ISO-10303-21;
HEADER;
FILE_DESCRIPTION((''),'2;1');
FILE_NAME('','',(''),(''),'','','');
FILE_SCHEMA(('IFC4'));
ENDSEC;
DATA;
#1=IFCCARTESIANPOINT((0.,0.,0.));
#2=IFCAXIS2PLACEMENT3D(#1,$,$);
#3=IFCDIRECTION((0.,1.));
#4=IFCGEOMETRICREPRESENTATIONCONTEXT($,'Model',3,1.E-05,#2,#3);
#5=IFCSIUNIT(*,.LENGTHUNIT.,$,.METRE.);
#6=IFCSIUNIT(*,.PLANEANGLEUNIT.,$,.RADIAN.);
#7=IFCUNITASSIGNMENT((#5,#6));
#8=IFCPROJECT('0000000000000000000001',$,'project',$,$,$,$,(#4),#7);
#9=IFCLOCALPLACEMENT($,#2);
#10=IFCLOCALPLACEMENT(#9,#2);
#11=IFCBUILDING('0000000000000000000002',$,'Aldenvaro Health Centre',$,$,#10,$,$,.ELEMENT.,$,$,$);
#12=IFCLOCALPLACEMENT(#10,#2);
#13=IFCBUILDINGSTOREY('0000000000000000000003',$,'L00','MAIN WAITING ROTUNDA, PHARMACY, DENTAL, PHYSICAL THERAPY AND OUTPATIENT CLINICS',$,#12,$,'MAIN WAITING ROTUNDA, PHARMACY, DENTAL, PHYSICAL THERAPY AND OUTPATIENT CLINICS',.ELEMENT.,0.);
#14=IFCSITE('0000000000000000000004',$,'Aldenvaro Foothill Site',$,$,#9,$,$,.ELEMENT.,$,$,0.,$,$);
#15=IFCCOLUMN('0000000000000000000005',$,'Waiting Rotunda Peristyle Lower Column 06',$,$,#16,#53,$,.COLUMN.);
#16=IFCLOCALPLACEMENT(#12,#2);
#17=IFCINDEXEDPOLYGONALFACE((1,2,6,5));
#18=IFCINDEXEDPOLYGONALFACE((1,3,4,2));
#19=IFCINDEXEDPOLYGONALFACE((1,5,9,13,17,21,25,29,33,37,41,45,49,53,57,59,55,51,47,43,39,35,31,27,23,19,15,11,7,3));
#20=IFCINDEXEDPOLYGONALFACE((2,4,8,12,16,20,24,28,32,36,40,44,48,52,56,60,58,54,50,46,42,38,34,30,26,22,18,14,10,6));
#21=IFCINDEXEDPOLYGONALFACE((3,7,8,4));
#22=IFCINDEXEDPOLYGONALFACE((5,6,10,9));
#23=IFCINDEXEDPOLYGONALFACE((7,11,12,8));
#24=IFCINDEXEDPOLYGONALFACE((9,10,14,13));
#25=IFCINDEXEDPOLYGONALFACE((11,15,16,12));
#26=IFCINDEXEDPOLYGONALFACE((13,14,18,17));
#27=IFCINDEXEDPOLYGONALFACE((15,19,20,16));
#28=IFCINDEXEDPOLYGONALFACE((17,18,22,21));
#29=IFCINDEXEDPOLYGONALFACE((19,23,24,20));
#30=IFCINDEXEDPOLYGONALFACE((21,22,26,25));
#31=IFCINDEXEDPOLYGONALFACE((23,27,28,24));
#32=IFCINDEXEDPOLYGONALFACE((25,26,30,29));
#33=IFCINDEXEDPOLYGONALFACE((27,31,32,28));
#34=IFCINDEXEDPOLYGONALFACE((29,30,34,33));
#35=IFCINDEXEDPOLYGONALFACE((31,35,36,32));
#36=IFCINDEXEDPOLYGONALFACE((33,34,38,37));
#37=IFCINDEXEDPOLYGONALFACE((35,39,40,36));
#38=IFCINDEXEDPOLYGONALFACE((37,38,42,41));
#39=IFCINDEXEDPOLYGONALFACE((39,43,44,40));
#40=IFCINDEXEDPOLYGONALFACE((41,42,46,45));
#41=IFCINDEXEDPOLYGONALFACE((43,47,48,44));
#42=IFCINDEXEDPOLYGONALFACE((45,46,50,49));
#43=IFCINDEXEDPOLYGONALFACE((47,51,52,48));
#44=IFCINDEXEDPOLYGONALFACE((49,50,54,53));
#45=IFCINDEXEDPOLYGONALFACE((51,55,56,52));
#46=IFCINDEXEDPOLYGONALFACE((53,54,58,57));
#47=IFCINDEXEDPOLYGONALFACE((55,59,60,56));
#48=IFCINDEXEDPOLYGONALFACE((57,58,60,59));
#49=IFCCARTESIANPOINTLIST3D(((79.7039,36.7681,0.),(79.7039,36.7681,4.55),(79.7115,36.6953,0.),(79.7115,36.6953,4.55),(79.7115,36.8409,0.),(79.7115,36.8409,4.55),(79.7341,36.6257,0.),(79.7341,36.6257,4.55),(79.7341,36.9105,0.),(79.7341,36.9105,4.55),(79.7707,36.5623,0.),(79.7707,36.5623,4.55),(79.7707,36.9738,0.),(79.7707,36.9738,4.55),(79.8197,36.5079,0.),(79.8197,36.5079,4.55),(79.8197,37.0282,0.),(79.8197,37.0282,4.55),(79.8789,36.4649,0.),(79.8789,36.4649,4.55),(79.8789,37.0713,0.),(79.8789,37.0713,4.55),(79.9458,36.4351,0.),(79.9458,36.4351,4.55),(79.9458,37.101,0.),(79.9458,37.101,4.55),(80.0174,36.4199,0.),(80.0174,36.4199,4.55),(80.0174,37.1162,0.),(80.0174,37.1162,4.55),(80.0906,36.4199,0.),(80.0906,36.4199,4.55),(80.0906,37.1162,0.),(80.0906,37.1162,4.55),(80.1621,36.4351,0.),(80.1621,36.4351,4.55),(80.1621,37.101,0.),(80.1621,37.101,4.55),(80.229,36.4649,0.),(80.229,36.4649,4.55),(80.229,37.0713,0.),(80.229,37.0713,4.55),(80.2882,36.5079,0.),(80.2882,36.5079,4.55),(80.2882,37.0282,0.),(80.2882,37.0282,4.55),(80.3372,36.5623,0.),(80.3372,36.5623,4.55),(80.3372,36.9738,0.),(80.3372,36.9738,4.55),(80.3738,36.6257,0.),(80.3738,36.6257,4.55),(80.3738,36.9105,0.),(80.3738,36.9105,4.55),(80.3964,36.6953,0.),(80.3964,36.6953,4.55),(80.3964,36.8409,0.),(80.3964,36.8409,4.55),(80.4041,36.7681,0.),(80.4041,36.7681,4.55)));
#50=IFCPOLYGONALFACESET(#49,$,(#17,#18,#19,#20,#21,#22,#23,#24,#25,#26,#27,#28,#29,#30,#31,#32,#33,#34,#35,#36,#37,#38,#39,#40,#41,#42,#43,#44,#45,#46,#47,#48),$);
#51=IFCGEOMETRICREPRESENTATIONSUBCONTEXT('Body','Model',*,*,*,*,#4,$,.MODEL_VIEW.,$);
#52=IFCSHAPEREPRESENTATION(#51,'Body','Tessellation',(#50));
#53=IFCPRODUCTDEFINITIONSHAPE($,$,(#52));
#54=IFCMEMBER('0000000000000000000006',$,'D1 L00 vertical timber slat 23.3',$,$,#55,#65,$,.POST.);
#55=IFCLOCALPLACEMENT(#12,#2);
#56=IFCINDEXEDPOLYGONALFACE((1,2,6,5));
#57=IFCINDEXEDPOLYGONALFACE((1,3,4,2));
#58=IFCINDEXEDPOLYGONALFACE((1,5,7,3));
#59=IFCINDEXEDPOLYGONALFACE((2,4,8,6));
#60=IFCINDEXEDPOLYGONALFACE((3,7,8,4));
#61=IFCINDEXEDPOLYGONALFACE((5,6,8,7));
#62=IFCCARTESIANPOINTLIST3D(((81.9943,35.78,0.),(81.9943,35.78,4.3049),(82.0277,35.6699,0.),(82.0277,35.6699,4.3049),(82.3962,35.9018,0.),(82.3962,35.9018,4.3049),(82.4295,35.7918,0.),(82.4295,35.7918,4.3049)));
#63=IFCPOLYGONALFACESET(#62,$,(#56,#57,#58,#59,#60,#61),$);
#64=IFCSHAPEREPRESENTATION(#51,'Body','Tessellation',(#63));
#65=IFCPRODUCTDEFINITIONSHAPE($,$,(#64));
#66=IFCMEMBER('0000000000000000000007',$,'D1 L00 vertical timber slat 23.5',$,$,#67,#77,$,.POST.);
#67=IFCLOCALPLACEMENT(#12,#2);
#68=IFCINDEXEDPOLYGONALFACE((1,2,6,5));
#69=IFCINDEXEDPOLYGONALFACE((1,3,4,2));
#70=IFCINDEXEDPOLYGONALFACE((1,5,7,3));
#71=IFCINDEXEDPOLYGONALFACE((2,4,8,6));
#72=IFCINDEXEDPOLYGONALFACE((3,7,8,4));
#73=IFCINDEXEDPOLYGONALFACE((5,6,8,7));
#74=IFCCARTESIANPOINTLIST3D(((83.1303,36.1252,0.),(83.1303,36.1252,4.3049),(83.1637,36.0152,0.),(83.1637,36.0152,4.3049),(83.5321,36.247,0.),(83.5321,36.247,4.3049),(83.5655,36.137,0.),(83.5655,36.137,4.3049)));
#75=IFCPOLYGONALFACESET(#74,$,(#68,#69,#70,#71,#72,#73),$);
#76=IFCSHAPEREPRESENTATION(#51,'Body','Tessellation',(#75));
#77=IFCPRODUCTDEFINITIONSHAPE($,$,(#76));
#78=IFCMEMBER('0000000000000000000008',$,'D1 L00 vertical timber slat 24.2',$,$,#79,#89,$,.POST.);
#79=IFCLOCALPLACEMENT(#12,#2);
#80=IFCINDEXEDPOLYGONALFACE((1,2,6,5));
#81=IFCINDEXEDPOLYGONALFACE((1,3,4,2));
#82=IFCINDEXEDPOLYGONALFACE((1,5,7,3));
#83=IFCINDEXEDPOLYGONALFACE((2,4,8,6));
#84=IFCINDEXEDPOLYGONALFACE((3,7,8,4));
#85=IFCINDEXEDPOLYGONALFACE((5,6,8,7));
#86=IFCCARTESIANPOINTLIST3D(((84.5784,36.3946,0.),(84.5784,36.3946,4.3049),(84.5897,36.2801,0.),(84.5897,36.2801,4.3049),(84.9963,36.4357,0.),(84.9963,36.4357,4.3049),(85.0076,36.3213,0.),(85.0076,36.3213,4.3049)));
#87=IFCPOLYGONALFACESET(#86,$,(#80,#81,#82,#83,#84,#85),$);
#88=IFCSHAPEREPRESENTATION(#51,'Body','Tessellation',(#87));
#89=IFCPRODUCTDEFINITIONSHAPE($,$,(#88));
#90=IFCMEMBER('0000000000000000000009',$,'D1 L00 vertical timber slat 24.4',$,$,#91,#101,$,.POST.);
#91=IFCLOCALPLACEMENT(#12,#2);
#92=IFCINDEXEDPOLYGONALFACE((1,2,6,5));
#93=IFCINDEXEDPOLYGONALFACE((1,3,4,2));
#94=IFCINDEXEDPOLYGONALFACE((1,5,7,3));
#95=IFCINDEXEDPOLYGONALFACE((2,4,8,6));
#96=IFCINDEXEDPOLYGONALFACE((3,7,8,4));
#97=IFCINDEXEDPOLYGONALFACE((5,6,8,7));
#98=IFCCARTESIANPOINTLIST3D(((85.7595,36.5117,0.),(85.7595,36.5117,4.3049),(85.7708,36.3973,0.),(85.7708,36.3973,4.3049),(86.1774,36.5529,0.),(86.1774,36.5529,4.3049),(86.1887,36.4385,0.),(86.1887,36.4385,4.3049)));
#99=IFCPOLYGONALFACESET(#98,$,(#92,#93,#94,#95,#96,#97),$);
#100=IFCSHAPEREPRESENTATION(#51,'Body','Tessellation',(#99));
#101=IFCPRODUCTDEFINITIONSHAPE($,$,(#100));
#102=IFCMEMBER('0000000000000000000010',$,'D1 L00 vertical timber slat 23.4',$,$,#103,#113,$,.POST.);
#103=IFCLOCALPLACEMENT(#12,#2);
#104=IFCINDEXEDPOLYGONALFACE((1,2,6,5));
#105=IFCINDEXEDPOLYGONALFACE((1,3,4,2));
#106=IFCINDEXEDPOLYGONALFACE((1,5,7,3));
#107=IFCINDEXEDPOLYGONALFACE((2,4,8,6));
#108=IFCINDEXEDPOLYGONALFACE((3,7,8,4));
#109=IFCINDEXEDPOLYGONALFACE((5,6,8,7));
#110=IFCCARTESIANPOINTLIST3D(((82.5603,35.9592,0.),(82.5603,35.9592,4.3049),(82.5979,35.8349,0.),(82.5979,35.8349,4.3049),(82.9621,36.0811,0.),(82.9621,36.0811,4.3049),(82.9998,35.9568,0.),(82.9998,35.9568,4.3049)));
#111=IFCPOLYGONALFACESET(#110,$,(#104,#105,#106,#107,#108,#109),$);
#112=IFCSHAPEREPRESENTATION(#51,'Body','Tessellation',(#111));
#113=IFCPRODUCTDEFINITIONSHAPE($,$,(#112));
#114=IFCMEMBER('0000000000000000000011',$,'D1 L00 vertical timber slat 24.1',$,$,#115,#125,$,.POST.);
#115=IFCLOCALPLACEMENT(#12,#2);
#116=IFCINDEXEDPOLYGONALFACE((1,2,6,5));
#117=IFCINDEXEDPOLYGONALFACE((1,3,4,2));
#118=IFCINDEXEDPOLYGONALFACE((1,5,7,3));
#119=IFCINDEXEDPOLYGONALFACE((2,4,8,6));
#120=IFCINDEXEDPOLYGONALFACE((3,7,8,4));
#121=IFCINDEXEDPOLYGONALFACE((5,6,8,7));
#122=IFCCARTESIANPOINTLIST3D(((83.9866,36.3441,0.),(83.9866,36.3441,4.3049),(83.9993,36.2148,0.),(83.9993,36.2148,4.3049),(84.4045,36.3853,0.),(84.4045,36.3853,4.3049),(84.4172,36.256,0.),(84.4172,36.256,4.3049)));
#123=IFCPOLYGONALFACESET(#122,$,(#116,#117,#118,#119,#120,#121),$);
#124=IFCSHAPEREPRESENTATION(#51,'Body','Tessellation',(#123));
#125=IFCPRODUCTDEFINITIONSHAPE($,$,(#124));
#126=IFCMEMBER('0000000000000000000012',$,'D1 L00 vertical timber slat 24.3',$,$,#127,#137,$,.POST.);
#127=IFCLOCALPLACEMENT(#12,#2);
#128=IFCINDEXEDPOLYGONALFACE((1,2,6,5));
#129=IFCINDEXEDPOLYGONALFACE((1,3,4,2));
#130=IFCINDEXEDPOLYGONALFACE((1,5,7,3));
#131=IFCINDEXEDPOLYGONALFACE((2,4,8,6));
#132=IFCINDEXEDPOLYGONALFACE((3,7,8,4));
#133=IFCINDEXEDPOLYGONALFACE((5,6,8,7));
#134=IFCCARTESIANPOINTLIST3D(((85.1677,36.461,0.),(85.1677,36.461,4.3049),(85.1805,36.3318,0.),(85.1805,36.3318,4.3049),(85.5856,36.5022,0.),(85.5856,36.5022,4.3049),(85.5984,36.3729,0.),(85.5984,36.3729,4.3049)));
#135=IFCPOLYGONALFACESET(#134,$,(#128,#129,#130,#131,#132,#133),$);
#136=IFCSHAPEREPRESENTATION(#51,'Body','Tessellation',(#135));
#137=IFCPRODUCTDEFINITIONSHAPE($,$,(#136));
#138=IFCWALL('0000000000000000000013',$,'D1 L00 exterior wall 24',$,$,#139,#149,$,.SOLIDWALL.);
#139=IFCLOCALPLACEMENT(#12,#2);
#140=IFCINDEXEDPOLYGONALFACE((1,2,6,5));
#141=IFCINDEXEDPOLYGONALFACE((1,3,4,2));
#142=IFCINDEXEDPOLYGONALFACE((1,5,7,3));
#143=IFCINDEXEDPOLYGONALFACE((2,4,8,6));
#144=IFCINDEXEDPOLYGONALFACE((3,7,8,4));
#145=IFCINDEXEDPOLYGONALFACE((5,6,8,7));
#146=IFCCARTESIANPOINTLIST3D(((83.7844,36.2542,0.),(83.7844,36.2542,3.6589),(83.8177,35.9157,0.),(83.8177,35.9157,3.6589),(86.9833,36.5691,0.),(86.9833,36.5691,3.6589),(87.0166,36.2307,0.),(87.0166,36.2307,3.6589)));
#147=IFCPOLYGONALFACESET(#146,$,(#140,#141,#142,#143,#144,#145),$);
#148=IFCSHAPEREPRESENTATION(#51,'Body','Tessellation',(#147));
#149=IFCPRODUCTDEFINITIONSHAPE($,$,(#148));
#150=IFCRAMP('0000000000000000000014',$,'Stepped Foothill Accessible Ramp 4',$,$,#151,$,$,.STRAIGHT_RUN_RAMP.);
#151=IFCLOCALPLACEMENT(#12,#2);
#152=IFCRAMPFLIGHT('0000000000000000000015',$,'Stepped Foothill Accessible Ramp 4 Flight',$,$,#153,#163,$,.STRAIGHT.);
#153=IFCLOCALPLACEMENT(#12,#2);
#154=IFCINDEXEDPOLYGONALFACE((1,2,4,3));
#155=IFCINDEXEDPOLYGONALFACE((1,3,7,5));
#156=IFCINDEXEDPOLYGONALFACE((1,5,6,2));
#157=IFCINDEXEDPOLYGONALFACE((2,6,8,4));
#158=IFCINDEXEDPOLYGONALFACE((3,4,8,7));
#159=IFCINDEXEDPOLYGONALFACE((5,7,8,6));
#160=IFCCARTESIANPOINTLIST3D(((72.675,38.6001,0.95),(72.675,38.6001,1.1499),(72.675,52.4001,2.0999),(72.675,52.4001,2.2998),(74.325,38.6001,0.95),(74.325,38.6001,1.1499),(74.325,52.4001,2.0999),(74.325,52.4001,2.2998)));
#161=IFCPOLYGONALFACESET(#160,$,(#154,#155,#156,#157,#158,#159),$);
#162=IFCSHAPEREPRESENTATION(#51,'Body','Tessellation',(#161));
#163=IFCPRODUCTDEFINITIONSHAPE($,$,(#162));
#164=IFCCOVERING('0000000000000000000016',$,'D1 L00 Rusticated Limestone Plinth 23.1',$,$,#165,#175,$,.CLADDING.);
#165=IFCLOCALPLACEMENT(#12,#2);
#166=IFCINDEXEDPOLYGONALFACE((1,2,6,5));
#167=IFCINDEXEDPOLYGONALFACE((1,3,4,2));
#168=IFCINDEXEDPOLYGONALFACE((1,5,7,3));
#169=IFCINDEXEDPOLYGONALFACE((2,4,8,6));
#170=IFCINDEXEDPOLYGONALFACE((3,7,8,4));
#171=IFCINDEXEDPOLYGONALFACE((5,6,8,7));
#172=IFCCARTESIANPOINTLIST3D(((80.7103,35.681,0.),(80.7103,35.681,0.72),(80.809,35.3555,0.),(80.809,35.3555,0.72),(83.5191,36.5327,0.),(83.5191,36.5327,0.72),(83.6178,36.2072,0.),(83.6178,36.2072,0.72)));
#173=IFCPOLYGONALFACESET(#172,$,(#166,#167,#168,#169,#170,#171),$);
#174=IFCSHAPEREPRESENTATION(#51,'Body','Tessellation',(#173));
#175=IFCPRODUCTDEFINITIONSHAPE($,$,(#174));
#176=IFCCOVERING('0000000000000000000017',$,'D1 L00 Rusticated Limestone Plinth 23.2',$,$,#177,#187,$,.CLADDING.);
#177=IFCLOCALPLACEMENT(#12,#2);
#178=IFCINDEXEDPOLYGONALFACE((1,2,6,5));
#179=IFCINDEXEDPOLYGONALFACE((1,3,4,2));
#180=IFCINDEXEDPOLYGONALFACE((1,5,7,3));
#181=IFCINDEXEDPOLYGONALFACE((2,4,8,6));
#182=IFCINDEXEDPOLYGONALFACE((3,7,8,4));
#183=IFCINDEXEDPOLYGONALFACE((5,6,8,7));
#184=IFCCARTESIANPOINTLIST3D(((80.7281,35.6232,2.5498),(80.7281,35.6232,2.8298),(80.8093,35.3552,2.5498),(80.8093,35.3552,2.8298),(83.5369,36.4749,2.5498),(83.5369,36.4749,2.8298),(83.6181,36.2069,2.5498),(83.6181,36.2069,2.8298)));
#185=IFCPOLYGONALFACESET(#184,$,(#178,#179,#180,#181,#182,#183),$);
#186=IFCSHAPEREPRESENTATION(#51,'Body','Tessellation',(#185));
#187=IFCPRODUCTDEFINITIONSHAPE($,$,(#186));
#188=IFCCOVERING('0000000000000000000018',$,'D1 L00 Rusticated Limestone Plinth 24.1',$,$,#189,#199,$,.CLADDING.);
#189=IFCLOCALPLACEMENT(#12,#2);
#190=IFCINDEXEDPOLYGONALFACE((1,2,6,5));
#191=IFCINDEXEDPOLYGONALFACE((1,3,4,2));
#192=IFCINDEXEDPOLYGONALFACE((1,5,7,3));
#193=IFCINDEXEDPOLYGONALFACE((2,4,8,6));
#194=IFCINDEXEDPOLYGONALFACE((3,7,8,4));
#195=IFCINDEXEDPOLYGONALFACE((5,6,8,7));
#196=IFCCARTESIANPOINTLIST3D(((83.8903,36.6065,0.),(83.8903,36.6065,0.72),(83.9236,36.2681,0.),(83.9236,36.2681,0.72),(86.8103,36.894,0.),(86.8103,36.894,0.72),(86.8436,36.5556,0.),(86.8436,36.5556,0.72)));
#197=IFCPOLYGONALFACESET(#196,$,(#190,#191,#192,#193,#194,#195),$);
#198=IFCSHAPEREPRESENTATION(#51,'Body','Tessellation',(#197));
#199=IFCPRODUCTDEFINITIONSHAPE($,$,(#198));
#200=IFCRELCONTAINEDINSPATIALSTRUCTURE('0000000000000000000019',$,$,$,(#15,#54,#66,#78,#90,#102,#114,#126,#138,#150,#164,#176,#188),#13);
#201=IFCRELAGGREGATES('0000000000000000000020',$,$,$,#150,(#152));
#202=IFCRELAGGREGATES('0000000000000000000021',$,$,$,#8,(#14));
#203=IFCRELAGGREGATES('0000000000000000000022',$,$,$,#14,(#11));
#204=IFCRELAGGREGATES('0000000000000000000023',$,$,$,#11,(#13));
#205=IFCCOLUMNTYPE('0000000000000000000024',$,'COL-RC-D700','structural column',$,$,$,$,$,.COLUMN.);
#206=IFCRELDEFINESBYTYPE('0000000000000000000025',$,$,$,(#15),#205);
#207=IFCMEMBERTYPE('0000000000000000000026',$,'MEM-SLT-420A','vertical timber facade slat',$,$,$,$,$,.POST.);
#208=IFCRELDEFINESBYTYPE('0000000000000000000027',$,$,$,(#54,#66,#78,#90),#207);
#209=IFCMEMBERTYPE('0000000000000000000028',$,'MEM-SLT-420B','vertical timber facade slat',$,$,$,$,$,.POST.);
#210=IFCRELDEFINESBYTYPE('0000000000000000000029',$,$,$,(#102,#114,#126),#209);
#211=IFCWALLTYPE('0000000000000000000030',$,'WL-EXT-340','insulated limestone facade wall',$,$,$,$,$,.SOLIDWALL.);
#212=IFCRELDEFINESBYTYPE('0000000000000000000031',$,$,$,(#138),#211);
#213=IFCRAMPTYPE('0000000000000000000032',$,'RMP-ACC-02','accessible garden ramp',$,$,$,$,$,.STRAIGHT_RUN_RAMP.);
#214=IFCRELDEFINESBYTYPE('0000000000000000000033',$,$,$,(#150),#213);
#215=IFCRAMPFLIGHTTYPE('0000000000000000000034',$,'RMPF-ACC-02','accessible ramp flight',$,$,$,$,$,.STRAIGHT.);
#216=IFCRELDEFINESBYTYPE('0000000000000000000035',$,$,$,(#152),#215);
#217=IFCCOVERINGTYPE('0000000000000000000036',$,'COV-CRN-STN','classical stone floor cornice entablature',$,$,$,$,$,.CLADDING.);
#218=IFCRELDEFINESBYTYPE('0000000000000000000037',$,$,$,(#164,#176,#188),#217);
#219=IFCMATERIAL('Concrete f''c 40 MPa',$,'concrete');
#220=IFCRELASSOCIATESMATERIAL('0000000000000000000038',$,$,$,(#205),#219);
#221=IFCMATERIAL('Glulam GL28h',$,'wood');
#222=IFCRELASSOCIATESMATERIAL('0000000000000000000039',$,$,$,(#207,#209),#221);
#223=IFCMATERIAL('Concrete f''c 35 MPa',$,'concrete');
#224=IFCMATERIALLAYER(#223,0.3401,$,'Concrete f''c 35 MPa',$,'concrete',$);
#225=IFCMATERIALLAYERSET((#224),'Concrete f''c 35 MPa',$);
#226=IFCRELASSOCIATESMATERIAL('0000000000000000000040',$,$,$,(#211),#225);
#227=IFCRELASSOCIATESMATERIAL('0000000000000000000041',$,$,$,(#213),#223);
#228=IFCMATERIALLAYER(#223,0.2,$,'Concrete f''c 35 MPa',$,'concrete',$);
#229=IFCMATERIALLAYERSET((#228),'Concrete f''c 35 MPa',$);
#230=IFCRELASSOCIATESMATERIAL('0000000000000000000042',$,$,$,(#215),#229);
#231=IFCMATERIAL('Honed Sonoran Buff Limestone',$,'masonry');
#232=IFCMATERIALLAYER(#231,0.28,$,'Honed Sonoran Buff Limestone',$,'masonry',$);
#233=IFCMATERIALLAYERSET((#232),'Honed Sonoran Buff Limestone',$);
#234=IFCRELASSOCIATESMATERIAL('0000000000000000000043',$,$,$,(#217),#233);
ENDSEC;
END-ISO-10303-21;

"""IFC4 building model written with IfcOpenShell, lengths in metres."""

from ifc_helpers import new_model, si_unit, direction, frame, frame_2d, origin, origin_2d, place, context, subcontext, project, spatial, polyline, rectangle, circle, outline, extrude, material, layer, layer_set, material_profile, profile_set, type_object, element, aggregate, save


model = new_model("IFC4")

# Units and contexts
model_context = context("Model", 3, precision=1e-05, world=origin(), true_north=direction((0.0, 1.0)))
body_context = subcontext(model_context, "Body", "Model", "MODEL_VIEW")
ifc_project = project(units=[si_unit("LENGTHUNIT", "METRE"), si_unit("PLANEANGLEUNIT", "RADIAN")], contexts=[model_context])

# Site, building, storey
site_placement = place(None, origin())
site = spatial("IfcSite", under=ifc_project, at=site_placement, Name="Aldenvaro Foothill Site", CompositionType="ELEMENT", RefElevation=0.0)
building_placement = place(site_placement, origin())
building = spatial("IfcBuilding", under=site, at=building_placement, Name="Aldenvaro Health Centre", CompositionType="ELEMENT")
storey_placement = place(building_placement, origin())
storey = spatial("IfcBuildingStorey", under=building, at=storey_placement, Name="L00", Description="MAIN WAITING ROTUNDA, PHARMACY, DENTAL, PHYSICAL THERAPY AND OUTPATIENT CLINICS", LongName="MAIN WAITING ROTUNDA, PHARMACY, DENTAL, PHYSICAL THERAPY AND OUTPATIENT CLINICS", CompositionType="ELEMENT", Elevation=0.0)

# Column
ifc_material_1 = material(Name="Concrete f'c 40 MPa", Category="concrete")
ifc_material_profile_1 = material_profile(ifc_material_1, circle(Radius=0.3501, at=origin_2d()), Name="RC D700", Category="concrete")
ifc_profile_set_1 = profile_set([ifc_material_profile_1], Name="Concrete f'c 40 MPa")
column_type = type_object("IfcColumnType", Name="COL-RC-D700", Description="structural column", PredefinedType="COLUMN", material=ifc_profile_set_1)
column_placement = place(storey_placement, frame((80.054, 36.7681, 0.0), z_axis=(0.0, 0.0, 1.0), x_axis=(1.0, 0.0, 0.0)))
element("IfcColumn", 1, at=column_placement, inside=storey, type_object=column_type, Name="Waiting Rotunda Peristyle Lower Column 06", PredefinedType="COLUMN", context=body_context, shape_type="SweptSolid", body=[
    extrude(circle(Radius=0.3501, at=origin_2d()), origin(), (0.0, 0.0, 1.0), 4.55),
])

# Members
ifc_material_2 = material(Name="Glulam GL28h", Category="wood")
ifc_material_profile_2 = material_profile(ifc_material_2, rectangle(XDim=0.115, YDim=0.4199, at=origin_2d()), Name="GL 115x420", Category="wood")
ifc_profile_set_2 = profile_set([ifc_material_profile_2], Name="Glulam GL28h")
member_type_1 = type_object("IfcMemberType", Name="MEM-SLT-420A", Description="vertical timber facade slat", PredefinedType="POST", material=ifc_profile_set_2)
for number, where, z_axis, x_axis, name in (
    (2, (82.2119, 35.7859, 0.0), (0.0, 0.0, 1.0), (-0.290171, 0.956975, 0.0), "D1 L00 vertical timber slat 23.3"),
    (3, (83.3479, 36.1311, 0.0), (0.0, 0.0, 1.0), (-0.290171, 0.956975, 0.0), "D1 L00 vertical timber slat 23.5"),
    (4, (84.793, 36.3579, 0.0), (0.0, 0.0, 1.0), (-0.097994, 0.995187, 0.0), "D1 L00 vertical timber slat 24.2"),
    (5, (85.9741, 36.4751, 0.0), (0.0, 0.0, 1.0), (-0.097994, 0.995187, 0.0), "D1 L00 vertical timber slat 24.4"),
):
    element("IfcMember", number, at=place(storey_placement, frame(where, z_axis=z_axis, x_axis=x_axis)), inside=storey, type_object=member_type_1, Name=name, PredefinedType="POST", context=body_context, shape_type="SweptSolid", body=[
        extrude(rectangle(XDim=0.115, YDim=0.4199, at=origin_2d()), origin(), (0.0, 0.0, 1.0), 4.3049),
    ])
ifc_material_profile_3 = material_profile(ifc_material_2, rectangle(XDim=0.1299, YDim=0.4199, at=origin_2d()), Name="GL 130x420", Category="wood")
ifc_profile_set_3 = profile_set([ifc_material_profile_3], Name="Glulam GL28h")
member_type_2 = type_object("IfcMemberType", Name="MEM-SLT-420B", Description="vertical timber facade slat", PredefinedType="POST", material=ifc_profile_set_3)
for number, where, z_axis, x_axis, name in (
    (6, (82.78, 35.958, 0.0), (0.0, 0.0, 1.0), (-0.290171, 0.956975, 0.0), "D1 L00 vertical timber slat 23.4"),
    (7, (84.2019, 36.3, 0.0), (0.0, 0.0, 1.0), (-0.097994, 0.995187, 0.0), "D1 L00 vertical timber slat 24.1"),
    (8, (85.3831, 36.417, 0.0), (0.0, 0.0, 1.0), (-0.097994, 0.995187, 0.0), "D1 L00 vertical timber slat 24.3"),
):
    element("IfcMember", number, at=place(storey_placement, frame(where, z_axis=z_axis, x_axis=x_axis)), inside=storey, type_object=member_type_2, Name=name, PredefinedType="POST", context=body_context, shape_type="SweptSolid", body=[
        extrude(rectangle(XDim=0.1299, YDim=0.4199, at=origin_2d()), origin(), (0.0, 0.0, 1.0), 4.3049),
    ])

# Wall
ifc_material_3 = material(Name="Concrete f'c 35 MPa", Category="concrete")
ifc_layer_1 = layer(ifc_material_3, 0.3401, Name="Concrete f'c 35 MPa", Category="concrete")
ifc_layer_set_1 = layer_set([ifc_layer_1], Name="Concrete f'c 35 MPa")
wall_type = type_object("IfcWallType", Name="WL-EXT-340", Description="insulated limestone facade wall", PredefinedType="SOLIDWALL", material=ifc_layer_set_1)
wall_placement = place(storey_placement, frame((83.801, 36.085, 0.0), z_axis=(0.0, 0.0, 1.0), x_axis=(0.995189, 0.097977, 0.0)))
element("IfcWall", 9, at=wall_placement, inside=storey, type_object=wall_type, Name="D1 L00 exterior wall 24", PredefinedType="SOLIDWALL", context=body_context, shape_type="SweptSolid", body=[
    extrude(rectangle(XDim=3.2144, YDim=0.3401, at=frame_2d((1.6072, 0.0))), origin(), (0.0, 0.0, 1.0), 3.6589),
])

# Ramp, ramp flight
ramp_type = type_object("IfcRampType", Name="RMP-ACC-02", Description="accessible garden ramp", PredefinedType="STRAIGHT_RUN_RAMP", material=ifc_material_3)
ramp_placement = place(storey_placement, origin())
ramp = element("IfcRamp", 10, at=ramp_placement, inside=storey, type_object=ramp_type, Name="Stepped Foothill Accessible Ramp 4", PredefinedType="STRAIGHT_RUN_RAMP")
ifc_layer_2 = layer(ifc_material_3, 0.2, Name="Concrete f'c 35 MPa", Category="concrete")
ifc_layer_set_2 = layer_set([ifc_layer_2], Name="Concrete f'c 35 MPa")
ramp_flight_type = type_object("IfcRampFlightType", Name="RMPF-ACC-02", Description="accessible ramp flight", PredefinedType="STRAIGHT", material=ifc_layer_set_2)
ramp_flight_placement = place(storey_placement, frame((73.5, 38.6001, 1.1499), z_axis=(0.0, 0.0, 1.0), x_axis=(0.0, 1.0, 0.0)))
ramp_flight = element("IfcRampFlight", 11, at=ramp_flight_placement, type_object=ramp_flight_type, Name="Stepped Foothill Accessible Ramp 4 Flight", PredefinedType="STRAIGHT", context=body_context, shape_type="SweptSolid", body=[
    extrude(outline(polyline([(0.0, 0.0), (13.8, 1.1499), (13.8, 0.95), (0.0, -0.2), (0.0, 0.0)])), frame((0.0, 0.825, 0.0), z_axis=(0.0, -1.0, 0.0), x_axis=(1.0, 0.0, 0.0)), (0.0, 0.0, 1.0), 1.6499),
])
aggregate(ramp, [ramp_flight])

# Coverings
ifc_material_4 = material(Name="Honed Sonoran Buff Limestone", Category="masonry")
ifc_layer_3 = layer(ifc_material_4, 0.28, Name="Honed Sonoran Buff Limestone", Category="masonry")
ifc_layer_set_3 = layer_set([ifc_layer_3], Name="Honed Sonoran Buff Limestone")
covering_type = type_object("IfcCoveringType", Name="COV-CRN-STN", Description="classical stone floor cornice entablature", PredefinedType="CLADDING", material=ifc_layer_set_3)
covering_1_placement = place(storey_placement, frame((82.1641, 35.9441, 0.0), z_axis=(0.0, 0.0, 1.0), x_axis=(0.956975, 0.290171, 0.0)))
element("IfcCovering", 12, at=covering_1_placement, inside=storey, type_object=covering_type, Name="D1 L00 Rusticated Limestone Plinth 23.1", PredefinedType="CLADDING", context=body_context, shape_type="SweptSolid", body=[
    extrude(rectangle(XDim=2.9351, YDim=0.3401, at=origin_2d()), origin(), (0.0, 0.0, 1.0), 0.72),
])
covering_2_placement = place(storey_placement, frame((82.1731, 35.915, 2.5498), z_axis=(0.0, 0.0, 1.0), x_axis=(0.956975, 0.290171, 0.0)))
element("IfcCovering", 13, at=covering_2_placement, inside=storey, type_object=covering_type, Name="D1 L00 Rusticated Limestone Plinth 23.2", PredefinedType="CLADDING", context=body_context, shape_type="SweptSolid", body=[
    extrude(rectangle(XDim=2.9351, YDim=0.28, at=origin_2d()), origin(), (0.0, 0.0, 1.0), 0.28),
])
covering_3_placement = place(storey_placement, frame((85.3669, 36.5811, 0.0), z_axis=(0.0, 0.0, 1.0), x_axis=(0.995187, 0.097994, 0.0)))
element("IfcCovering", 14, at=covering_3_placement, inside=storey, type_object=covering_type, Name="D1 L00 Rusticated Limestone Plinth 24.1", PredefinedType="CLADDING", context=body_context, shape_type="SweptSolid", body=[
    extrude(rectangle(XDim=2.9341, YDim=0.3401, at=origin_2d()), origin(), (0.0, 0.0, 1.0), 0.72),
])

save(model, "model.ifc")
